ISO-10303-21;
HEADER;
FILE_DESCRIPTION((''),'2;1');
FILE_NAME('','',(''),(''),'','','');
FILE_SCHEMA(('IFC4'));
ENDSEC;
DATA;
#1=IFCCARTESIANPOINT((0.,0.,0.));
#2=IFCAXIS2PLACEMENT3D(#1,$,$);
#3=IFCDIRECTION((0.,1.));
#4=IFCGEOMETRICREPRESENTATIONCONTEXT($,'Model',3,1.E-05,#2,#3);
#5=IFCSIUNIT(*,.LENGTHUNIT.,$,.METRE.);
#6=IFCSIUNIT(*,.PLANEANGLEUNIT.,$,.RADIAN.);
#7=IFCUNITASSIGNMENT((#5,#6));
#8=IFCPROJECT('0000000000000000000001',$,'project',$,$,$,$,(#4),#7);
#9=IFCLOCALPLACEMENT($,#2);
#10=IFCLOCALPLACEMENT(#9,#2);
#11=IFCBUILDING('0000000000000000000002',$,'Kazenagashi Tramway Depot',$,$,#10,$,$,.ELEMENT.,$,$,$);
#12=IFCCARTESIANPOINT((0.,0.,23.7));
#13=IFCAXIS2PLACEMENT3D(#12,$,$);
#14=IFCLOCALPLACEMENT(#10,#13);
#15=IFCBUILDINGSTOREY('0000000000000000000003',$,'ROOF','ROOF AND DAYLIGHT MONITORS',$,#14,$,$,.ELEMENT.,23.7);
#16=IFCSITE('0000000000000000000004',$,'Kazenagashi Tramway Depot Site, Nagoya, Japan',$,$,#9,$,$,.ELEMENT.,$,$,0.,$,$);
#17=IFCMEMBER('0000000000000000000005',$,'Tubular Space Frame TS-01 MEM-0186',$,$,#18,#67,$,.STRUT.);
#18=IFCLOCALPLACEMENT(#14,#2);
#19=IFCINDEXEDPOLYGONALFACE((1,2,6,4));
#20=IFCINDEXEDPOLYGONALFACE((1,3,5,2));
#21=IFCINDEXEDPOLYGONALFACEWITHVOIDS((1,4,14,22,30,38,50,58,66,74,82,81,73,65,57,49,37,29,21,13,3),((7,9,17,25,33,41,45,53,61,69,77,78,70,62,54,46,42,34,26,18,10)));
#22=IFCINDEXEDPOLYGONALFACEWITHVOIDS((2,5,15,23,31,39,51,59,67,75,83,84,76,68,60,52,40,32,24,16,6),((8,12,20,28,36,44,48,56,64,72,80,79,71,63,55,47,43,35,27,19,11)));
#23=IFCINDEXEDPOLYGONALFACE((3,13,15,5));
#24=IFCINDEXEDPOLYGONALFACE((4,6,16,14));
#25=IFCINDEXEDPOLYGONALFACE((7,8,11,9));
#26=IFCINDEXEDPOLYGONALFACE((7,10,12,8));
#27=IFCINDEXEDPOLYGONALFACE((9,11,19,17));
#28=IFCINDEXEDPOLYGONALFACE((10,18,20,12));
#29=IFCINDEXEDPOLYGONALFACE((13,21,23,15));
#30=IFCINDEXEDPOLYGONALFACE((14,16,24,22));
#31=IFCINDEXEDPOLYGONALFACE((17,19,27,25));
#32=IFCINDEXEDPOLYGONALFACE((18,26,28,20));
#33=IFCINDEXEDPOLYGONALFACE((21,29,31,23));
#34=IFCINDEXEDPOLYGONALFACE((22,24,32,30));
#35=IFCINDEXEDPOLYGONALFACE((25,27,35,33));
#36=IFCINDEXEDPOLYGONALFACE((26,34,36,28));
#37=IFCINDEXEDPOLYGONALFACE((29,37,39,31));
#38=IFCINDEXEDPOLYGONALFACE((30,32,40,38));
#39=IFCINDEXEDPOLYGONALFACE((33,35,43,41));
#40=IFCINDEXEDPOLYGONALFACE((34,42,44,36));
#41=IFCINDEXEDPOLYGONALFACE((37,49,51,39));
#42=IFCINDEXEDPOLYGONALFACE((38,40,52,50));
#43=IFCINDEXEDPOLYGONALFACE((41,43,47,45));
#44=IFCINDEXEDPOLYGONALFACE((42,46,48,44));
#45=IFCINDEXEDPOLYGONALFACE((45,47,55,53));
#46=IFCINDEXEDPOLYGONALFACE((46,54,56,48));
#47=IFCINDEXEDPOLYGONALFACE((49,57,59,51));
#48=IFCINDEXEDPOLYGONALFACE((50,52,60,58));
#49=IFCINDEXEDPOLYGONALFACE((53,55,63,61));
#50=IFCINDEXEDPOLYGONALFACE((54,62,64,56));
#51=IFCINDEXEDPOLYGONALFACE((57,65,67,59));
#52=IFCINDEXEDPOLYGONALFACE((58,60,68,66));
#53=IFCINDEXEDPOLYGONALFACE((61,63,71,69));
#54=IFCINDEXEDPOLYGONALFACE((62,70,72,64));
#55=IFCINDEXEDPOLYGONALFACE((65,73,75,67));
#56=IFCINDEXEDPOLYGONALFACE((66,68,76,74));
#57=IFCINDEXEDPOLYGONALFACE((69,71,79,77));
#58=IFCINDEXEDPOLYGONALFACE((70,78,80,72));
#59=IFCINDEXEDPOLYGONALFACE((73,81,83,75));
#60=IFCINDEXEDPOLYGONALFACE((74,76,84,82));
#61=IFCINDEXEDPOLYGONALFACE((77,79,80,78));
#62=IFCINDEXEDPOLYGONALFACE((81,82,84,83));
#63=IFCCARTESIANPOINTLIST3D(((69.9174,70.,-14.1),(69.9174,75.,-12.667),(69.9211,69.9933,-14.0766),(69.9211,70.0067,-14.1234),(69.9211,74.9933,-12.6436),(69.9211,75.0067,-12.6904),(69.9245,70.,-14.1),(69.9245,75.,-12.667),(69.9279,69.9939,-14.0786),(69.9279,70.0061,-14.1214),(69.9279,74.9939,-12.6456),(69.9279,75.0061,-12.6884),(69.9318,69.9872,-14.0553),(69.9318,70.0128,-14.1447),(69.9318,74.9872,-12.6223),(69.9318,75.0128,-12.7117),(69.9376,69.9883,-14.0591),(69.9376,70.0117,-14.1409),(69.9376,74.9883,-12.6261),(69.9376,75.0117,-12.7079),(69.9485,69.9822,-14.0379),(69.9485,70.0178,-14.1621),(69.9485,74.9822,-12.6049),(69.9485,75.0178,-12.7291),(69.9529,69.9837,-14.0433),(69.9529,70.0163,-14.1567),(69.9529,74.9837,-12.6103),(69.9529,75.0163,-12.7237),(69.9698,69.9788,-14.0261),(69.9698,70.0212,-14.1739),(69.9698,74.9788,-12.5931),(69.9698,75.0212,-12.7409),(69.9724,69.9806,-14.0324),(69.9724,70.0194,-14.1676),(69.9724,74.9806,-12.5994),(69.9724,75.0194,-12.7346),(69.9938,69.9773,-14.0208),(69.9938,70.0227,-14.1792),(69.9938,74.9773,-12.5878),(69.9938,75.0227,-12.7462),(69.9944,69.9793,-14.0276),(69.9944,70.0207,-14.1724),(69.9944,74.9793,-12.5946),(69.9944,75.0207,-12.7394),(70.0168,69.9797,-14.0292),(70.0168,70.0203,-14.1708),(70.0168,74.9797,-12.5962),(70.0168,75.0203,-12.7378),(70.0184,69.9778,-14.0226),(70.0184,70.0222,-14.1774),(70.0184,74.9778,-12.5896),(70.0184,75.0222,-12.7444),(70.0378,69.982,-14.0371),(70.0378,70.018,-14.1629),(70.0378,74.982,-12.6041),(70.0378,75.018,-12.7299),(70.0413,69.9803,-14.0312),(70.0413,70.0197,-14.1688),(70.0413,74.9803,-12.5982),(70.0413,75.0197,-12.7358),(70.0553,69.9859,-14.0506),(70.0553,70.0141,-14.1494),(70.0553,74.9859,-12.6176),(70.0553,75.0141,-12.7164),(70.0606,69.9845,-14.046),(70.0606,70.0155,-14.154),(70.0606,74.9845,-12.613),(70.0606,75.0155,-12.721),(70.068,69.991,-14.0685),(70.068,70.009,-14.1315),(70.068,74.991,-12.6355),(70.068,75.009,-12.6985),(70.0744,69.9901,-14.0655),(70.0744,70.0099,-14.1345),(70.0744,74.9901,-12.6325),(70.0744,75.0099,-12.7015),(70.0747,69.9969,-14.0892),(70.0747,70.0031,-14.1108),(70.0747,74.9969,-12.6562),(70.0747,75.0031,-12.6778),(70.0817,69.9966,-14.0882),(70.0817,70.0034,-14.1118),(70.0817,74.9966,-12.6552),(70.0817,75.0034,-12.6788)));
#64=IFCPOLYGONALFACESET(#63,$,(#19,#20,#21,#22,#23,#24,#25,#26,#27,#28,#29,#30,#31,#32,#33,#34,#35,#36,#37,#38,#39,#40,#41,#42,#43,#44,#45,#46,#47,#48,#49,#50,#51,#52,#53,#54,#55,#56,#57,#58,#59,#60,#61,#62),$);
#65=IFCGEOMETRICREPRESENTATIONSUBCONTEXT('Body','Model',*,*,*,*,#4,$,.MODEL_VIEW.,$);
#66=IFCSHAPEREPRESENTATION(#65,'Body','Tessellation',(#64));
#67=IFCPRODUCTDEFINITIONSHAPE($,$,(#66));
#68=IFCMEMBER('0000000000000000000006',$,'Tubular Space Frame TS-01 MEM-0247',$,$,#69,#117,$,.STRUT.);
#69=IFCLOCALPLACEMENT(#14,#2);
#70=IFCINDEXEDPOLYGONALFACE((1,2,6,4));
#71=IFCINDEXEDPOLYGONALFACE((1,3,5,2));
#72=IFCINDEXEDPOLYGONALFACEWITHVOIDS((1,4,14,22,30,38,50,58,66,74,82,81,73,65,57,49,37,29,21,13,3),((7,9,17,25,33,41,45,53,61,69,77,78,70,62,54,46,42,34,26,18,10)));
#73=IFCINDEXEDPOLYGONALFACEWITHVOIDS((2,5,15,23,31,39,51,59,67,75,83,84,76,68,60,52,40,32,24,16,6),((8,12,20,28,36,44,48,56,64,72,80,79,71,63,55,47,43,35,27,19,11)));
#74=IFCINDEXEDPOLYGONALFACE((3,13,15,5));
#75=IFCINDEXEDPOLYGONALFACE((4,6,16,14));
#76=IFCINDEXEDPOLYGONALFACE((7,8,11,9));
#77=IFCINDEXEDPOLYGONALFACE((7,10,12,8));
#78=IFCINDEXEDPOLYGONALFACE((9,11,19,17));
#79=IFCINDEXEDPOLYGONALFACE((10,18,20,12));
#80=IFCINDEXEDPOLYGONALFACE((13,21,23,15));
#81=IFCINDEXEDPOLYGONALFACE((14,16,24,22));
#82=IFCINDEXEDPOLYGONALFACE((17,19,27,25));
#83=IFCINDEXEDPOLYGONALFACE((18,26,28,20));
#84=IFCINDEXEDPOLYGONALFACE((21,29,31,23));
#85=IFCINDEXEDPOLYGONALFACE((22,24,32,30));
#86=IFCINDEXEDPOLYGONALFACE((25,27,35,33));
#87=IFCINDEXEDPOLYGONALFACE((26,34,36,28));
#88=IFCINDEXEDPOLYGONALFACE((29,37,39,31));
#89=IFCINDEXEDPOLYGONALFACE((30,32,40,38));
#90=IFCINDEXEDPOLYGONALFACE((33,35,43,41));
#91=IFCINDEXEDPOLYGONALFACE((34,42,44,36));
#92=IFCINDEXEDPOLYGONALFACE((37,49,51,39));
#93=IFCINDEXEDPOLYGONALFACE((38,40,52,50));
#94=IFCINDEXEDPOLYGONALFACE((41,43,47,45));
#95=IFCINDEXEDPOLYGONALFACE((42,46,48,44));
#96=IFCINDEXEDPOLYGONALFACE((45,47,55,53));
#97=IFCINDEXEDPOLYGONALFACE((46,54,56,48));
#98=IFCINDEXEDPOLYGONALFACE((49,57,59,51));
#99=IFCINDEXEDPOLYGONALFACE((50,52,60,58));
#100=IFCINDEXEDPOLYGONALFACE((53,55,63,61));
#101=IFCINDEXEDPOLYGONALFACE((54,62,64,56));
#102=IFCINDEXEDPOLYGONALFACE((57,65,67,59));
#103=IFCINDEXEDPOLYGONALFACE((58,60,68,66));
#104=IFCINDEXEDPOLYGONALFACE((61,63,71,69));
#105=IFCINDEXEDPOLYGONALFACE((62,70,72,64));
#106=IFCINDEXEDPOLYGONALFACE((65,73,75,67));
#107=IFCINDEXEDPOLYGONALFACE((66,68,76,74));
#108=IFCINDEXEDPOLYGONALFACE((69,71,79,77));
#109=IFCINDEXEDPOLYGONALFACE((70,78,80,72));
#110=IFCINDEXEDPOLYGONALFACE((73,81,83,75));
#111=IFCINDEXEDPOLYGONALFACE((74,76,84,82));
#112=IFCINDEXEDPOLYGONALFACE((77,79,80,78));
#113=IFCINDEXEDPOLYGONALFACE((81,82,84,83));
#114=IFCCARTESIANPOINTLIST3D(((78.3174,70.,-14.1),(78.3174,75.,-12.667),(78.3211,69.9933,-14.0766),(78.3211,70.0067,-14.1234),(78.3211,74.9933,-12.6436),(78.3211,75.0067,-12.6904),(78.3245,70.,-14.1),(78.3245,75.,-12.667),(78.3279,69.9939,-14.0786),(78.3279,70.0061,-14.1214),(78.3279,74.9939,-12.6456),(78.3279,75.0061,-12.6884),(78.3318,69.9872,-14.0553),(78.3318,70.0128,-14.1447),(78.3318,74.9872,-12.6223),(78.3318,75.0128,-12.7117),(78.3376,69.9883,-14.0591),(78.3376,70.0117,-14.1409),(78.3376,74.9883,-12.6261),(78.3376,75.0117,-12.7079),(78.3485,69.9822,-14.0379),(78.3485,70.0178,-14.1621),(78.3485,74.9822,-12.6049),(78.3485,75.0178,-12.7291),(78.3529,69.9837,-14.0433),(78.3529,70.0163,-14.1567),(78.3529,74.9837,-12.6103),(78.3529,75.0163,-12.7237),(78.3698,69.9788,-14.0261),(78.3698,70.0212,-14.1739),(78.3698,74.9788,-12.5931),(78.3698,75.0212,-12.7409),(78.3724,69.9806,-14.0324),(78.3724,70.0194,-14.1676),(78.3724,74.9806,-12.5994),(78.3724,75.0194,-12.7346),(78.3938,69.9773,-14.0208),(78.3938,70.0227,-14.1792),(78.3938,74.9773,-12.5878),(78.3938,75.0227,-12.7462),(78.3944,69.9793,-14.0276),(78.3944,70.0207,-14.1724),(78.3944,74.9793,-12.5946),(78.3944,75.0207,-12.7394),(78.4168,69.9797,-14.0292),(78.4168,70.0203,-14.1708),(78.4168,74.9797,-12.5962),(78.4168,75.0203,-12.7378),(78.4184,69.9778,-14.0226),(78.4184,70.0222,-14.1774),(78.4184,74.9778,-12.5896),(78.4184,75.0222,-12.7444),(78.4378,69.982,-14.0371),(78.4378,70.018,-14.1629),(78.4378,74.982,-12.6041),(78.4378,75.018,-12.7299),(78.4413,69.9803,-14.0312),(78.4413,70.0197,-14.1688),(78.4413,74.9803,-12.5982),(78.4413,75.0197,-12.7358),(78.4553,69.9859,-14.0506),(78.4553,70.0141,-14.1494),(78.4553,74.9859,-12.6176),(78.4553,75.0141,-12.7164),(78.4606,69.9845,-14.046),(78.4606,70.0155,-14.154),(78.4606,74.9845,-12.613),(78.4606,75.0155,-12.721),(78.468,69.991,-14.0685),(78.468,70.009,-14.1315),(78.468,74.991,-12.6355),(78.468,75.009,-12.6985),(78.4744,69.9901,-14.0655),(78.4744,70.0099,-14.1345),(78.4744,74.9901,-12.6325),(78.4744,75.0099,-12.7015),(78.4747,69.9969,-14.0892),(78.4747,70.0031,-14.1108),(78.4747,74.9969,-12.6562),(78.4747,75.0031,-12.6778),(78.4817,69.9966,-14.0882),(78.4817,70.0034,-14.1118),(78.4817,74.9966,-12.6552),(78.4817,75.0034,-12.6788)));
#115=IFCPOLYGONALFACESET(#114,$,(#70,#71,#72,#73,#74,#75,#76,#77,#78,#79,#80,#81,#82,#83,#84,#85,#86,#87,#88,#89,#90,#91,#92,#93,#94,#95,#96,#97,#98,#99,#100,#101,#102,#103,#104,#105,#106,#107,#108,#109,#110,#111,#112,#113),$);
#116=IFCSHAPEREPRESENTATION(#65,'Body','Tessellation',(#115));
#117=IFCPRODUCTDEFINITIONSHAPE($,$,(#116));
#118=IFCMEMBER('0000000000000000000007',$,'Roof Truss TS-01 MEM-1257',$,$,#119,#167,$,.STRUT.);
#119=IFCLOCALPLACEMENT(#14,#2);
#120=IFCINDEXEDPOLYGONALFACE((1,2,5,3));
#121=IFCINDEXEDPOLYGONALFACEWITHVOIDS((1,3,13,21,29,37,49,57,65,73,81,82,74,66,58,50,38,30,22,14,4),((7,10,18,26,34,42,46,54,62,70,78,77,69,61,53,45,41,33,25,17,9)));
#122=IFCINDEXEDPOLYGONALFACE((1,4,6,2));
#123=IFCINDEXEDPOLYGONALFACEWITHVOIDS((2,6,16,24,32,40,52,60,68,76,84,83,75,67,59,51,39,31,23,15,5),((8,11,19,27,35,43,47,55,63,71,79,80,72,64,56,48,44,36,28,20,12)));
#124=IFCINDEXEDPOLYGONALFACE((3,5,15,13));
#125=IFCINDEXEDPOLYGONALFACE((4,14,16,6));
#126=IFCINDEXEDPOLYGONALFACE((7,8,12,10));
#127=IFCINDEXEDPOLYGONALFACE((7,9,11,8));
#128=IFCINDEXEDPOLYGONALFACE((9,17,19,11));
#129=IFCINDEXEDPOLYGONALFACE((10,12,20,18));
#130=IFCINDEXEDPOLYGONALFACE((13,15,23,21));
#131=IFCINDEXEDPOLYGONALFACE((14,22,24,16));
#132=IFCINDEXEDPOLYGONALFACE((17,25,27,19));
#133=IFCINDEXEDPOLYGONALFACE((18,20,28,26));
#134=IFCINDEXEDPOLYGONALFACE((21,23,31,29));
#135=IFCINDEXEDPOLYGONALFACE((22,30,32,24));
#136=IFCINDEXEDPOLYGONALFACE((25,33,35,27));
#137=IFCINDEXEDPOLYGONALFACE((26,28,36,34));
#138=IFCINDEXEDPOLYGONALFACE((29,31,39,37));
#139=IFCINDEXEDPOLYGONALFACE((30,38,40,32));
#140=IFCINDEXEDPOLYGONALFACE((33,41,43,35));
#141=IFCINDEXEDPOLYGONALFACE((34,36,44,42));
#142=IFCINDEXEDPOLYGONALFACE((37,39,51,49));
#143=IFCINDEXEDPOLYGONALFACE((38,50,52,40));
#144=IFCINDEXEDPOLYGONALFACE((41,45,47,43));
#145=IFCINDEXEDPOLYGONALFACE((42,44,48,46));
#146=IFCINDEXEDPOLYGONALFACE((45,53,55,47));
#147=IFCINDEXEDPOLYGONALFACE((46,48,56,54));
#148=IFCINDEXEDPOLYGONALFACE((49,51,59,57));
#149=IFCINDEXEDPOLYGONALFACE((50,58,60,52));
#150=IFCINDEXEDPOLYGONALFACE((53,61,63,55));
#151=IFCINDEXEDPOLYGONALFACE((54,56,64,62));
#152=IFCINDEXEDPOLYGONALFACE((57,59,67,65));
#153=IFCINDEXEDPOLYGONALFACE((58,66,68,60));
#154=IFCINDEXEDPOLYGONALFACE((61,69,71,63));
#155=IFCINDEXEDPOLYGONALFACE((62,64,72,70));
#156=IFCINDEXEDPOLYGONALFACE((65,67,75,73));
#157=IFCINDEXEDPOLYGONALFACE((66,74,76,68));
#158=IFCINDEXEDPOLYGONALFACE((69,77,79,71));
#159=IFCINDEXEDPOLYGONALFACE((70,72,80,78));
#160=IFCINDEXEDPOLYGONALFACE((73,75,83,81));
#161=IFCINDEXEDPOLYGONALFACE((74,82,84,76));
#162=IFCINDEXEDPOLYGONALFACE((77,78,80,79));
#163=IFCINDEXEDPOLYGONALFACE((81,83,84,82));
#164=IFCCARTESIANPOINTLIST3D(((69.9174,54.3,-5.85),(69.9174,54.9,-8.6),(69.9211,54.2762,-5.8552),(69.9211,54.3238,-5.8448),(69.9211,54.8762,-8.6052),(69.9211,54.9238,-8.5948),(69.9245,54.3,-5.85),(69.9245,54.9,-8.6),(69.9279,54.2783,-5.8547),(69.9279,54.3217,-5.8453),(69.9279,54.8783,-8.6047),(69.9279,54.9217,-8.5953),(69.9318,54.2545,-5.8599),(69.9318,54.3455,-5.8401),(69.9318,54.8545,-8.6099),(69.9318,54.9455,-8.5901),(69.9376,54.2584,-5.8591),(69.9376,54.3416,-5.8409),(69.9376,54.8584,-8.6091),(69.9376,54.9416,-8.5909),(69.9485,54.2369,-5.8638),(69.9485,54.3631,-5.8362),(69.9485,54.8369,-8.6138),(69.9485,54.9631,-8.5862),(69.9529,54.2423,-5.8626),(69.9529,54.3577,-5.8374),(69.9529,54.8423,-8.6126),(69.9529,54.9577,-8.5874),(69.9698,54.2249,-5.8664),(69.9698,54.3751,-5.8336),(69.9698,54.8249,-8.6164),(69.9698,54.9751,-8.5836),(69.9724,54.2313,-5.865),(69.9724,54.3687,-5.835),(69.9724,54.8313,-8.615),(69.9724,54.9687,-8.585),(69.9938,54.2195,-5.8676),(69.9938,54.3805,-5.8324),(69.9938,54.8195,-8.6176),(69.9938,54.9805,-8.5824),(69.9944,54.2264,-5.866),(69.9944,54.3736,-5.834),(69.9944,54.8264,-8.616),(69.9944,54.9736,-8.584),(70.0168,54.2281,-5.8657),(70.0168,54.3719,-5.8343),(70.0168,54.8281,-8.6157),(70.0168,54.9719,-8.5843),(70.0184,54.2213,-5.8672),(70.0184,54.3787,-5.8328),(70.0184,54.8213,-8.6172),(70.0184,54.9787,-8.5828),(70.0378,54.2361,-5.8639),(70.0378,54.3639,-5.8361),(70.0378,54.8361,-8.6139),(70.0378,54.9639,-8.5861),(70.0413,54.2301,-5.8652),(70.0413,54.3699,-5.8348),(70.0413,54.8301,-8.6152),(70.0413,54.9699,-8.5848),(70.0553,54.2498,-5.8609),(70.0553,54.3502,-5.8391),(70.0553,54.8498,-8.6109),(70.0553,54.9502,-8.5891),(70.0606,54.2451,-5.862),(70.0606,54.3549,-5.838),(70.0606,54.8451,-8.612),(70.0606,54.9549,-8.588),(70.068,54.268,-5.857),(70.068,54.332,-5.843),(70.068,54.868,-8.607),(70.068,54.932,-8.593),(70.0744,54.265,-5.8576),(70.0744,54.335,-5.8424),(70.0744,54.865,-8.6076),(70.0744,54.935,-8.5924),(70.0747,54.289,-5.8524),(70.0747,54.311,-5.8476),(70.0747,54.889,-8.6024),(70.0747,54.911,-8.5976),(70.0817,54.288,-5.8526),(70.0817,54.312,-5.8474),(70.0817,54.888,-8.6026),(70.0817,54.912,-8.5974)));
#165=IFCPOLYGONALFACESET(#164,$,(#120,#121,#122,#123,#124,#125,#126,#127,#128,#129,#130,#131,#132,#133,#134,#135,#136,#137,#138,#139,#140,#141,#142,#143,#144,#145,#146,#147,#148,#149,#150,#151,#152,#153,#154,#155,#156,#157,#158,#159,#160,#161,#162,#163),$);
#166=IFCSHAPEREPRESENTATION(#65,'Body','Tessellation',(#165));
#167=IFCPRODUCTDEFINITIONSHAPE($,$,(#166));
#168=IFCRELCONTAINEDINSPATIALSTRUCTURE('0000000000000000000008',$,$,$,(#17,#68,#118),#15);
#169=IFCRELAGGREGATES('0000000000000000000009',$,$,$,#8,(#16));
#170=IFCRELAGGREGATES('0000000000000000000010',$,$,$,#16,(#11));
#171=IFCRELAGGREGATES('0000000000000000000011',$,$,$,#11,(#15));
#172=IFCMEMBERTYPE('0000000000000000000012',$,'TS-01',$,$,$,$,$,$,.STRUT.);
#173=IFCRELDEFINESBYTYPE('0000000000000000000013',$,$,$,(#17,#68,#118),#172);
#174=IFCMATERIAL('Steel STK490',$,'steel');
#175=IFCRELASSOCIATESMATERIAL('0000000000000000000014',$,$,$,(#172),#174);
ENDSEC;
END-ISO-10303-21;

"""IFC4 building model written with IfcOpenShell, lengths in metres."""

from ifc_helpers import new_model, si_unit, direction, frame, origin, origin_2d, place, context, subcontext, project, spatial, hollow_circle, extrude, material, material_profile, profile_set, type_object, element, save


model = new_model("IFC4")

# Units and contexts
model_context = context("Model", 3, precision=1e-05, world=origin(), true_north=direction((0.0, 1.0)))
body_context = subcontext(model_context, "Body", "Model", "MODEL_VIEW")
ifc_project = project(units=[si_unit("LENGTHUNIT", "METRE"), si_unit("PLANEANGLEUNIT", "RADIAN")], contexts=[model_context])

# Site, building, storey
site_placement = place(None, origin())
site = spatial("IfcSite", under=ifc_project, at=site_placement, Name="Kazenagashi Tramway Depot Site, Nagoya, Japan", CompositionType="ELEMENT", RefElevation=0.0)
building_placement = place(site_placement, origin())
building = spatial("IfcBuilding", under=site, at=building_placement, Name="Kazenagashi Tramway Depot", CompositionType="ELEMENT")
storey_placement = place(building_placement, frame((0.0, 0.0, 23.7)))
storey = spatial("IfcBuildingStorey", under=building, at=storey_placement, Name="ROOF", Description="ROOF AND DAYLIGHT MONITORS", CompositionType="ELEMENT", Elevation=23.7)

# Members
ifc_material_1 = material(Name="Steel STK490", Category="steel")
ifc_material_profile_1 = material_profile(ifc_material_1, hollow_circle(Radius=0.0826, WallThickness=0.0071, at=origin_2d()), Name="CHS-165.2x7.1")
ifc_profile_set_1 = profile_set([ifc_material_profile_1], Name="Steel STK490")
member_type_1 = type_object("IfcMemberType", Name="TS-01", PredefinedType="STRUT", material=ifc_profile_set_1)
for number, where, z_axis, x_axis, name in (
    (1, (70.0, 70.0, -14.1), (0.0, 0.961299, 0.275508), (-1.0, 0.0, 0.0), "Tubular Space Frame TS-01 MEM-0186"),
    (2, (78.4, 70.0, -14.1), (0.0, 0.961299, 0.275508), (-1.0, 0.0, 0.0), "Tubular Space Frame TS-01 MEM-0247"),
):
    element("IfcMember", number, at=place(storey_placement, frame(where, z_axis=z_axis, x_axis=x_axis)), inside=storey, type_object=member_type_1, Name=name, PredefinedType="STRUT", context=body_context, shape_type="SweptSolid", body=[
        extrude(hollow_circle(Radius=0.0826, WallThickness=0.0071, at=origin_2d()), origin(), (0.0, 0.0, 1.0), 5.2013),
    ])
for number, where, z_axis, x_axis, name in (
    (3, (70.0, 54.3, -5.85), (0.0, 0.213167, -0.977016), (-1.0, 0.0, 0.0), "Roof Truss TS-01 MEM-1257"),
):
    element("IfcMember", number, at=place(storey_placement, frame(where, z_axis=z_axis, x_axis=x_axis)), inside=storey, type_object=member_type_1, Name=name, PredefinedType="STRUT", context=body_context, shape_type="SweptSolid", body=[
        extrude(hollow_circle(Radius=0.0826, WallThickness=0.0071, at=origin_2d()), origin(), (0.0, 0.0, 1.0), 2.8147),
    ])

save(model, "model.ifc")
